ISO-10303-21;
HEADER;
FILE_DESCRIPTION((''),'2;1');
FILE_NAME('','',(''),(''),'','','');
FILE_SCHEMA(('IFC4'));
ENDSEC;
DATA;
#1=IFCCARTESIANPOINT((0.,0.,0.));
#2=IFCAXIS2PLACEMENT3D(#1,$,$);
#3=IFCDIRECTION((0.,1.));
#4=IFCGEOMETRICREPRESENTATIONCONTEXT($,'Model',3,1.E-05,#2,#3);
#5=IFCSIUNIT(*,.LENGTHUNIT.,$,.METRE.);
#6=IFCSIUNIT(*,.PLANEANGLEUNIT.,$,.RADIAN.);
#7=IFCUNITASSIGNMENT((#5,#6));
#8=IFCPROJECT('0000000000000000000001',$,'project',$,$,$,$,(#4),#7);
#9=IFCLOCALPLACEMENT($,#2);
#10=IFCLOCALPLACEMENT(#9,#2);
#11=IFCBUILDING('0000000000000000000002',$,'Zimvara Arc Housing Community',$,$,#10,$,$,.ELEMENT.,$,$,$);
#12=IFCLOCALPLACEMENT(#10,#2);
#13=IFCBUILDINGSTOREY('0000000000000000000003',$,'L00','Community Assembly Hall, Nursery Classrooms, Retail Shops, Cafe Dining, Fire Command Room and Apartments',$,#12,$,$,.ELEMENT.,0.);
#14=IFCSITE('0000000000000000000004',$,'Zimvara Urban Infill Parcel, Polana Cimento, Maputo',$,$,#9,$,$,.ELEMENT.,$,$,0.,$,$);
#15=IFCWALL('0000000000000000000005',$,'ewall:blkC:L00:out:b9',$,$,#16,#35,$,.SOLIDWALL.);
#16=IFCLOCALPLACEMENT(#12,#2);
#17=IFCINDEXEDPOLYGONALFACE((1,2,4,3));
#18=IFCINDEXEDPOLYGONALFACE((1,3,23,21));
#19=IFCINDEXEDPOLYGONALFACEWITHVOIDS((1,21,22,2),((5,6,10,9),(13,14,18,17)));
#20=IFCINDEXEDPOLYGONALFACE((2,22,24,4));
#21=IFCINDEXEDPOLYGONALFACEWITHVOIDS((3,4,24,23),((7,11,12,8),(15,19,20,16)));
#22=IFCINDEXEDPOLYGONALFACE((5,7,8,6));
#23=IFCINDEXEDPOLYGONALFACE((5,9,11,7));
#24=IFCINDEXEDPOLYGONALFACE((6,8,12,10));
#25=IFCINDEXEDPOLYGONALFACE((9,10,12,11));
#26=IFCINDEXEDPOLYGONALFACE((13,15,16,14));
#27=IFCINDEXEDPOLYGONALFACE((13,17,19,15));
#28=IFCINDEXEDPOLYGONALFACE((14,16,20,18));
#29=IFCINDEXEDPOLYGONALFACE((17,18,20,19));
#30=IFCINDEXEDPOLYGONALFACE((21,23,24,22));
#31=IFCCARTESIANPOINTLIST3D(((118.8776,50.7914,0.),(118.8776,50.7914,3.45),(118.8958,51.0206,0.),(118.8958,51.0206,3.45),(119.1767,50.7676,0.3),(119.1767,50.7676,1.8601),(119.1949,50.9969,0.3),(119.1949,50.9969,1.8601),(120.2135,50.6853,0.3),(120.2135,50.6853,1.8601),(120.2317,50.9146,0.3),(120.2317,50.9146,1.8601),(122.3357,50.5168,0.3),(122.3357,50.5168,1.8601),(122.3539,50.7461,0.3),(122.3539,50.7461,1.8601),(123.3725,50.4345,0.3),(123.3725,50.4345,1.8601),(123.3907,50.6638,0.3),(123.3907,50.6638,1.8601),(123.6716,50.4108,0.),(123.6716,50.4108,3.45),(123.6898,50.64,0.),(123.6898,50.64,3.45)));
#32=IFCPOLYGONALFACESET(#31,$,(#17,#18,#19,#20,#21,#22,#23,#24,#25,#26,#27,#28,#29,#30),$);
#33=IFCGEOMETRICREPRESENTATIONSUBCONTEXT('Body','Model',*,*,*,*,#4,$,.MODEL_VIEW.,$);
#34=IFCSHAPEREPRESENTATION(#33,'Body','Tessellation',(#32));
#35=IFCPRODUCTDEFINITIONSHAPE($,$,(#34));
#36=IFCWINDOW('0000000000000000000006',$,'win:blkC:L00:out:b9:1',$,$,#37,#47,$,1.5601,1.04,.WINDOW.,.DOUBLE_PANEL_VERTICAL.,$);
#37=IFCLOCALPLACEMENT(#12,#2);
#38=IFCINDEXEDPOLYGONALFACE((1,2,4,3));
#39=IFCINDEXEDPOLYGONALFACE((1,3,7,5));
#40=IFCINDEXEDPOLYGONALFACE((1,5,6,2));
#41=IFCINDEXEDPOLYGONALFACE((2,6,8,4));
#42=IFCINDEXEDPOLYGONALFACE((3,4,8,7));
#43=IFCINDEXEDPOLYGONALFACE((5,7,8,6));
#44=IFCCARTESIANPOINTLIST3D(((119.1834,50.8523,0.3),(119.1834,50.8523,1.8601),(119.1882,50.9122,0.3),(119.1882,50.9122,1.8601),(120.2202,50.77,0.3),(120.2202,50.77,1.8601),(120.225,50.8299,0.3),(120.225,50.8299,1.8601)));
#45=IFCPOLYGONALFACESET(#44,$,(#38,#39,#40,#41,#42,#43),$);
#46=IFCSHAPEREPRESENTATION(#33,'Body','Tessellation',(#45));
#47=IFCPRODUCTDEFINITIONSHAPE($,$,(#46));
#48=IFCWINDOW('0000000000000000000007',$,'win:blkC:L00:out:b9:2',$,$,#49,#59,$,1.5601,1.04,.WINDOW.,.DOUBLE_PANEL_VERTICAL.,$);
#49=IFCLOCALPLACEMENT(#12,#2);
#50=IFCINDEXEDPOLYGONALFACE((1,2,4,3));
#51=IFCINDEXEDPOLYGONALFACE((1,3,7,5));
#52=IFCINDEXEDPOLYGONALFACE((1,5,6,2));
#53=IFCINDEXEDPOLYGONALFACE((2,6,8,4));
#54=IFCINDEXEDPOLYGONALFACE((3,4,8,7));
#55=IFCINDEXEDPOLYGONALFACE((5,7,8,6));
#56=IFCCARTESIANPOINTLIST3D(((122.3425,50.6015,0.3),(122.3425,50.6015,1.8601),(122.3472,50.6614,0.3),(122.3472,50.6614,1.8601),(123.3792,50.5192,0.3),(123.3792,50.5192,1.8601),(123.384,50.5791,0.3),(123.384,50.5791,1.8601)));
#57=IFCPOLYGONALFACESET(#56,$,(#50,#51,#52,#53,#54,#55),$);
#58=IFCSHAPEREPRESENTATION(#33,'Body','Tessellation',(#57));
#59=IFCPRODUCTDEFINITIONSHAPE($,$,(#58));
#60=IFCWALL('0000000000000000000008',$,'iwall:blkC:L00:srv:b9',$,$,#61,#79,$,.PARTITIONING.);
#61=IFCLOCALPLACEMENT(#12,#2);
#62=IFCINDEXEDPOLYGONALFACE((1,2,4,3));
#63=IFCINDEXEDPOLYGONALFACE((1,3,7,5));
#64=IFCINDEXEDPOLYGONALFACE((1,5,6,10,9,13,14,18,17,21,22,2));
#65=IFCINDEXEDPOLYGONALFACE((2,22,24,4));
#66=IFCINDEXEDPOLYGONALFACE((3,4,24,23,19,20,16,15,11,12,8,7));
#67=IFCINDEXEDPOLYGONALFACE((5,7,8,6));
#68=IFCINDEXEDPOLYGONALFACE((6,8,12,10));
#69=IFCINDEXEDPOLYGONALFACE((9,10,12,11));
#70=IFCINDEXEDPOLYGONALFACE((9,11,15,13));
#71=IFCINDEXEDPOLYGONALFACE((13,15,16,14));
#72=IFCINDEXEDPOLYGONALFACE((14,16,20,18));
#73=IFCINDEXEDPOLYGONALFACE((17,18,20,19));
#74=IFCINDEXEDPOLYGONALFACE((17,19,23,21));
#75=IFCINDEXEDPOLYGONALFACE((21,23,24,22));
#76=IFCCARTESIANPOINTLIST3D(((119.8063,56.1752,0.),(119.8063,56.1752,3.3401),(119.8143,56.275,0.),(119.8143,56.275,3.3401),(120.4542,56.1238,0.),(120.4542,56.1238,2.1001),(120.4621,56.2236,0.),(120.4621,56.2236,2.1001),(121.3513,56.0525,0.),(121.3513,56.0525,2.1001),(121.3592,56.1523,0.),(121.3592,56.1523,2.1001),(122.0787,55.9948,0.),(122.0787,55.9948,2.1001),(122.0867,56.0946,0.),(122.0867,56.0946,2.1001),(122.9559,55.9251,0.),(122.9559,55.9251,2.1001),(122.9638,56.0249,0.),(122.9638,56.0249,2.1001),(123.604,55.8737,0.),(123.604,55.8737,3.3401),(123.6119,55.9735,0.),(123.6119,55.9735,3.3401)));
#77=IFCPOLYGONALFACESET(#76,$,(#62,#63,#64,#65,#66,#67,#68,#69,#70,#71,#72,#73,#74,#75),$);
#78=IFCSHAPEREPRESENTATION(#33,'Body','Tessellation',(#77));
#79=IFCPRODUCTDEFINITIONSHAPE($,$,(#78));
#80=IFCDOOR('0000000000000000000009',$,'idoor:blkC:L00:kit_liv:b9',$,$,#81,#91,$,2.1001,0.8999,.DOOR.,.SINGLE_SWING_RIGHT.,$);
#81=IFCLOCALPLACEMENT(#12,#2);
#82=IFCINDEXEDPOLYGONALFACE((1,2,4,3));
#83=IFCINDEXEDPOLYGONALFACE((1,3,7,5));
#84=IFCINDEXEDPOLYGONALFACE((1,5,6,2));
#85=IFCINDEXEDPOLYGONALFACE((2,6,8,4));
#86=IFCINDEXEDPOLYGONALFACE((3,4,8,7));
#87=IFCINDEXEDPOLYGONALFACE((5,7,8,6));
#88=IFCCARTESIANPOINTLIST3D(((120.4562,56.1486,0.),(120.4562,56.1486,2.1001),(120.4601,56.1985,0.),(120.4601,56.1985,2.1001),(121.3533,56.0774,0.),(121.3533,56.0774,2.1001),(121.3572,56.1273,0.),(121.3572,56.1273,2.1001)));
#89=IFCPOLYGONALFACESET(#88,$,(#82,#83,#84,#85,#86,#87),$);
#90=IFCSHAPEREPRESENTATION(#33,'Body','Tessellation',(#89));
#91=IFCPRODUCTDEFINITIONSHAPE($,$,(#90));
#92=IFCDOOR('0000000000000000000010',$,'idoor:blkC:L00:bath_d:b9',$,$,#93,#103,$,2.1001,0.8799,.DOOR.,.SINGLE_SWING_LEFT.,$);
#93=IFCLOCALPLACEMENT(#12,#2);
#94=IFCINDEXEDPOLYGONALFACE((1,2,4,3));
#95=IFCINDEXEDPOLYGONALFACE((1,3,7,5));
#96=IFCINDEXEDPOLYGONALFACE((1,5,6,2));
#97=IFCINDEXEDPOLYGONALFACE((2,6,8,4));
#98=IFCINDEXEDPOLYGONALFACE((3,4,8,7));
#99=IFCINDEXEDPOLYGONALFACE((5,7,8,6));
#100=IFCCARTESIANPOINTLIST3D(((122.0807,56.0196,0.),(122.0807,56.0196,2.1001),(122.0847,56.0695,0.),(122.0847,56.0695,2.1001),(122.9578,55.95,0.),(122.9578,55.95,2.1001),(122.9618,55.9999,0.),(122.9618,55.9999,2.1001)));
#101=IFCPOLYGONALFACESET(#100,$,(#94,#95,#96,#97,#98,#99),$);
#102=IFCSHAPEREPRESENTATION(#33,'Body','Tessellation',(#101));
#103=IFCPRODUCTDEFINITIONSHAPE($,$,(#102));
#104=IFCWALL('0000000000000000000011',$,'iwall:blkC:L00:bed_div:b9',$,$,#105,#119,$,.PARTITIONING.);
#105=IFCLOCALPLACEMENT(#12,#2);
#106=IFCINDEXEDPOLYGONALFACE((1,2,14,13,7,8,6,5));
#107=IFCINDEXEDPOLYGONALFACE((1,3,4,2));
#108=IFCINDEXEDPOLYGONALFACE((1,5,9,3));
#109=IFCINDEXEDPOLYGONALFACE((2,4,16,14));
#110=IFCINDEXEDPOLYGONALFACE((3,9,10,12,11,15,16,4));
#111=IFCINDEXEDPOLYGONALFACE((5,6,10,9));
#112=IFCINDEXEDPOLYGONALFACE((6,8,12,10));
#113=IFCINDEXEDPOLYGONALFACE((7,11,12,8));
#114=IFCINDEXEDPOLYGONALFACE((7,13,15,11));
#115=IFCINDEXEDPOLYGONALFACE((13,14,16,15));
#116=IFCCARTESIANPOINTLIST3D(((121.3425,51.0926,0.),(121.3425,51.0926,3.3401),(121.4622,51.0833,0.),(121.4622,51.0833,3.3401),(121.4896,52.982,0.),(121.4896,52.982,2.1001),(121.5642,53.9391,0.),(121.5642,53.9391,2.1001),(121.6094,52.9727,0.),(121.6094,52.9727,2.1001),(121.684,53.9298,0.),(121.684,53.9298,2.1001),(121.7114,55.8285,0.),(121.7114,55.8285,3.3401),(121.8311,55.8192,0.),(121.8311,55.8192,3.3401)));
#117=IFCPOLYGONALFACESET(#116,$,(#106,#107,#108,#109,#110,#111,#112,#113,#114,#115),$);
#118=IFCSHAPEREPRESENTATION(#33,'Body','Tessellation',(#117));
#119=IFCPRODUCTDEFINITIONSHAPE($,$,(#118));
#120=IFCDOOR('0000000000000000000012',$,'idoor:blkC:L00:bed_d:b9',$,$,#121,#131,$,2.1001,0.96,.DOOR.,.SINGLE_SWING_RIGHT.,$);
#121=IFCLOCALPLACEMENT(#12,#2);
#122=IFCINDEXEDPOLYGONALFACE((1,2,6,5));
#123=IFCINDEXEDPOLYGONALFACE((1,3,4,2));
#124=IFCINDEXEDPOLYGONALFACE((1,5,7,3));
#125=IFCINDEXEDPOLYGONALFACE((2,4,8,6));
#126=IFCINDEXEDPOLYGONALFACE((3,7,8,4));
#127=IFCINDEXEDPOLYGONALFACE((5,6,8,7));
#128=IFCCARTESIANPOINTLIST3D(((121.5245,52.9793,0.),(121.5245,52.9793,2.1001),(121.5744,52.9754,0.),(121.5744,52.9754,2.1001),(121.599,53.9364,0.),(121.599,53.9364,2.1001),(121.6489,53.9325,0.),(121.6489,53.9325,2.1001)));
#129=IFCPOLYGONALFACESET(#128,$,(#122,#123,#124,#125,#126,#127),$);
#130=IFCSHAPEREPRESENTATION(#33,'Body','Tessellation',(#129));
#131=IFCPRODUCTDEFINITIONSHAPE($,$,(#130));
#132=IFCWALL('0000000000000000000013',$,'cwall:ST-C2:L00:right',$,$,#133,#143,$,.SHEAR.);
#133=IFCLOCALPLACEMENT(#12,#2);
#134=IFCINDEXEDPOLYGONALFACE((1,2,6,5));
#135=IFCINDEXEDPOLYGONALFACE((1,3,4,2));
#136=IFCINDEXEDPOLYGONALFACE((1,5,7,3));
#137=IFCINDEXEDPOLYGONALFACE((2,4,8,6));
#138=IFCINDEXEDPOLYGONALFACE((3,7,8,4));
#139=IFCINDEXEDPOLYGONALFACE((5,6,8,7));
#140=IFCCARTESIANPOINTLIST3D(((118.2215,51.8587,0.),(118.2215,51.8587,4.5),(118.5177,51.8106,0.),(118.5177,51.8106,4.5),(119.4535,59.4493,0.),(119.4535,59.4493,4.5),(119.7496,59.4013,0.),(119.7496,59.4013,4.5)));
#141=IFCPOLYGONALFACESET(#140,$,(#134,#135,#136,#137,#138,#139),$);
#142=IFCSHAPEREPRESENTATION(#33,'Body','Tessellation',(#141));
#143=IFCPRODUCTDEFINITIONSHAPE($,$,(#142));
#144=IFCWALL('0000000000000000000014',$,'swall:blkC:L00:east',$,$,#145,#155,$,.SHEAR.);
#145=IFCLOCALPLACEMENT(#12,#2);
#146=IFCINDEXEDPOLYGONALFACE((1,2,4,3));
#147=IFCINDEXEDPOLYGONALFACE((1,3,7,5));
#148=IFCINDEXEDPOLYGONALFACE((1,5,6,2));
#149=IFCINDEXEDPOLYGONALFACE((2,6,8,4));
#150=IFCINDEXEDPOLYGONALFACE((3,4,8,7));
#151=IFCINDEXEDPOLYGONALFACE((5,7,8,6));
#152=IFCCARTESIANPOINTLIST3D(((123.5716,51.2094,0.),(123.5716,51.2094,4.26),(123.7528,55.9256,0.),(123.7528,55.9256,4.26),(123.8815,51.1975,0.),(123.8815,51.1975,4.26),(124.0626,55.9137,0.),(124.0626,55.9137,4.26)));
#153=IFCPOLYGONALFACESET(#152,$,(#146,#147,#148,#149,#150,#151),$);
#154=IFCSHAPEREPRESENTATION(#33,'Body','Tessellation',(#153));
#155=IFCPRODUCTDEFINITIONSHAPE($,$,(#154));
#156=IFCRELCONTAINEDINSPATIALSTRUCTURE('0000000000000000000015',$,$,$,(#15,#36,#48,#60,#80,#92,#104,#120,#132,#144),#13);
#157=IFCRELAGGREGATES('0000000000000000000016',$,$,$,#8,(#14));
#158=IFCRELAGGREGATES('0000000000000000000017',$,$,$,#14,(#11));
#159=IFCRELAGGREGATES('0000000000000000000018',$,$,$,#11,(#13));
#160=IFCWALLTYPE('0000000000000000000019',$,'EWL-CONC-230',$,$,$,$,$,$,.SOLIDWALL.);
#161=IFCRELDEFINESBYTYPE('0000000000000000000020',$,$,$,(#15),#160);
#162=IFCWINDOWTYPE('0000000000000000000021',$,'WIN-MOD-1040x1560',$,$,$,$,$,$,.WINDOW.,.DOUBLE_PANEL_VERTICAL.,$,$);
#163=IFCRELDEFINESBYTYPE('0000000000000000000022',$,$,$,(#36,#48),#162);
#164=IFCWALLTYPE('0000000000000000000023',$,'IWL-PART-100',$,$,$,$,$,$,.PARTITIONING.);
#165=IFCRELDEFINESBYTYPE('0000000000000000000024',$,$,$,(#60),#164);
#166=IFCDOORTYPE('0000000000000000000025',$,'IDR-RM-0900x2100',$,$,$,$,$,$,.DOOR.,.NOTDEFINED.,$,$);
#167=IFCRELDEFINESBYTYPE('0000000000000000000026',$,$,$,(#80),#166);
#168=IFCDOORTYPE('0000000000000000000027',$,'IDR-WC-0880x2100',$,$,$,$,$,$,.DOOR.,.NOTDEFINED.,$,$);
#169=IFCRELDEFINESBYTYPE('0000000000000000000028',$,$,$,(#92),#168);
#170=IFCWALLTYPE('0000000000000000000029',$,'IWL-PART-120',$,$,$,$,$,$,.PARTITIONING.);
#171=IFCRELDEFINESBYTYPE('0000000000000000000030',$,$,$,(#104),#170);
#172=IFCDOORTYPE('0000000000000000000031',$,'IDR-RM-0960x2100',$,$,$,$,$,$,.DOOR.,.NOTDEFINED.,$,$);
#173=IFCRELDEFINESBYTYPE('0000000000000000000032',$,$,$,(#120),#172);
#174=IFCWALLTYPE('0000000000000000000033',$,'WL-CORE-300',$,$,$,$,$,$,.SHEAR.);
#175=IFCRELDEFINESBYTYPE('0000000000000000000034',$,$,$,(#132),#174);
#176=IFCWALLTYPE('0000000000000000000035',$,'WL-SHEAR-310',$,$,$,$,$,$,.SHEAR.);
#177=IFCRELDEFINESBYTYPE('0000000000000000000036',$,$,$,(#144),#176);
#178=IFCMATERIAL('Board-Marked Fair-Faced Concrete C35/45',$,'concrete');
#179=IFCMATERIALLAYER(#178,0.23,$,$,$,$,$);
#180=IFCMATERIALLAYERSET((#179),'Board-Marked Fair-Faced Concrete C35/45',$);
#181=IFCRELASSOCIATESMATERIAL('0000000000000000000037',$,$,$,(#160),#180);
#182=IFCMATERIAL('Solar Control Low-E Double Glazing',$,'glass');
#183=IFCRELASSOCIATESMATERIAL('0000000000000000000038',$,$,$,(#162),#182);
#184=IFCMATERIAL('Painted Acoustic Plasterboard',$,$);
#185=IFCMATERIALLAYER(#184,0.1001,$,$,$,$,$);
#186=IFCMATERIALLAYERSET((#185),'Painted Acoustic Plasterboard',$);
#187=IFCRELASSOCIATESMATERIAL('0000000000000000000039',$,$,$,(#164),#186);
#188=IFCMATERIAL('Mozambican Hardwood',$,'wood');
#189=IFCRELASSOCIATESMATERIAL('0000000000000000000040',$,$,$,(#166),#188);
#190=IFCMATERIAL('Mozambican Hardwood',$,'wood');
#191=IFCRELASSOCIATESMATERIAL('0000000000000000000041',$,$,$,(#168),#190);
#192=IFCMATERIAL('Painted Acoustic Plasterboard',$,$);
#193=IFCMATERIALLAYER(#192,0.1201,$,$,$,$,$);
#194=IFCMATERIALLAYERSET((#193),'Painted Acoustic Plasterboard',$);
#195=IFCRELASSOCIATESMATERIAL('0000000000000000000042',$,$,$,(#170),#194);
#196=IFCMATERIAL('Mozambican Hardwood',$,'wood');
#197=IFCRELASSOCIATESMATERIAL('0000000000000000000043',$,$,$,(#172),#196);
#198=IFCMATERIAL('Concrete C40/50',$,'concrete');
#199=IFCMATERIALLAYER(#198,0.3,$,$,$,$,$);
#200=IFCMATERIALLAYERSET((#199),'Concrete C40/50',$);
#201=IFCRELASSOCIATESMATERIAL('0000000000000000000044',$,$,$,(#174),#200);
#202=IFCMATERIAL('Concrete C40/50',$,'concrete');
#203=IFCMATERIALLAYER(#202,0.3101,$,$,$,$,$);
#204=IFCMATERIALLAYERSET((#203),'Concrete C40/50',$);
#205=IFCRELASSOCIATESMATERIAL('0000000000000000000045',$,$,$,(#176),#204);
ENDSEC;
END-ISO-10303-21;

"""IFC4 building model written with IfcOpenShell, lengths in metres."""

from ifc_helpers import new_model, si_unit, direction, frame, frame_2d, origin, place, context, subcontext, project, spatial, rectangle, extrude, material, layer, layer_set, type_object, element, fill, save


model = new_model("IFC4")

# Units and contexts
model_context = context("Model", 3, precision=1e-05, world=origin(), true_north=direction((0.0, 1.0)))
body_context = subcontext(model_context, "Body", "Model", "MODEL_VIEW")
ifc_project = project(units=[si_unit("LENGTHUNIT", "METRE"), si_unit("PLANEANGLEUNIT", "RADIAN")], contexts=[model_context])

# Site, building, storey
site_placement = place(None, origin())
site = spatial("IfcSite", under=ifc_project, at=site_placement, Name="Zimvara Urban Infill Parcel, Polana Cimento, Maputo", CompositionType="ELEMENT", RefElevation=0.0)
building_placement = place(site_placement, origin())
building = spatial("IfcBuilding", under=site, at=building_placement, Name="Zimvara Arc Housing Community", CompositionType="ELEMENT")
storey_placement = place(building_placement, origin())
storey = spatial("IfcBuildingStorey", under=building, at=storey_placement, Name="L00", Description="Community Assembly Hall, Nursery Classrooms, Retail Shops, Cafe Dining, Fire Command Room and Apartments", CompositionType="ELEMENT", Elevation=0.0)

# Wall, openings, windows
ifc_material_1 = material(Name="Board-Marked Fair-Faced Concrete C35/45", Category="concrete")
ifc_layer_1 = layer(ifc_material_1, 0.23)
ifc_layer_set_1 = layer_set([ifc_layer_1], Name="Board-Marked Fair-Faced Concrete C35/45")
wall_type_1 = type_object("IfcWallType", Name="EWL-CONC-230", PredefinedType="SOLIDWALL", material=ifc_layer_set_1)
wall_1_placement = place(storey_placement, frame((118.8867, 50.906, 0.0), z_axis=(0.0, 0.0, 1.0), x_axis=(0.996863, -0.079146, 0.0)))
wall_1 = element("IfcWall", 1, at=wall_1_placement, inside=storey, type_object=wall_type_1, Name="ewall:blkC:L00:out:b9", PredefinedType="SOLIDWALL", context=body_context, shape_type="SweptSolid", body=[
    extrude(rectangle(XDim=4.8091, YDim=0.23, at=frame_2d((2.4045, 0.0))), origin(), (0.0, 0.0, 1.0), 3.45),
])
opening_1_placement = place(wall_1_placement, frame((0.3, 0.0, 0.3)))
opening_1 = element("IfcOpeningElement", 2, at=opening_1_placement, cuts=wall_1, PredefinedType="OPENING", context=body_context, shape_type="SweptSolid", body=[
    extrude(rectangle(XDim=1.04, YDim=1.5601, at=frame_2d((0.52, 0.78))), frame((0.0, 0.125, 0.0), z_axis=(0.0, -1.0, 0.0), x_axis=(1.0, 0.0, 0.0)), (0.0, 0.0, 1.0), 0.25),
])
opening_2_placement = place(wall_1_placement, frame((3.469, 0.0, 0.3)))
opening_2 = element("IfcOpeningElement", 3, at=opening_2_placement, cuts=wall_1, PredefinedType="OPENING", context=body_context, shape_type="SweptSolid", body=[
    extrude(rectangle(XDim=1.04, YDim=1.5601, at=frame_2d((0.52, 0.78))), frame((0.0, 0.125, 0.0), z_axis=(0.0, -1.0, 0.0), x_axis=(1.0, 0.0, 0.0)), (0.0, 0.0, 1.0), 0.25),
])
ifc_material_2 = material(Name="Solar Control Low-E Double Glazing", Category="glass")
window_type = type_object("IfcWindowType", Name="WIN-MOD-1040x1560", PartitioningType="DOUBLE_PANEL_VERTICAL", PredefinedType="WINDOW", material=ifc_material_2)
window_1_placement = place(opening_1_placement, origin())
window_1 = element("IfcWindow", 4, at=window_1_placement, inside=storey, type_object=window_type, Name="win:blkC:L00:out:b9:1", OverallHeight=1.5601, OverallWidth=1.04, PartitioningType="DOUBLE_PANEL_VERTICAL", PredefinedType="WINDOW", context=body_context, shape_type="SweptSolid", body=[
    extrude(rectangle(XDim=1.04, YDim=1.5601, at=frame_2d((0.52, 0.78))), frame((0.0, 0.03, 0.0), z_axis=(0.0, -1.0, 0.0), x_axis=(1.0, 0.0, 0.0)), (0.0, 0.0, 1.0), 0.0601),
])
fill(opening_1, window_1)
window_2_placement = place(opening_2_placement, origin())
window_2 = element("IfcWindow", 5, at=window_2_placement, inside=storey, type_object=window_type, Name="win:blkC:L00:out:b9:2", OverallHeight=1.5601, OverallWidth=1.04, PartitioningType="DOUBLE_PANEL_VERTICAL", PredefinedType="WINDOW", context=body_context, shape_type="SweptSolid", body=[
    extrude(rectangle(XDim=1.04, YDim=1.5601, at=frame_2d((0.52, 0.78))), frame((0.0, 0.03, 0.0), z_axis=(0.0, -1.0, 0.0), x_axis=(1.0, 0.0, 0.0)), (0.0, 0.0, 1.0), 0.0601),
])
fill(opening_2, window_2)

# Wall, openings, doors
ifc_material_3 = material(Name="Painted Acoustic Plasterboard")
ifc_layer_2 = layer(ifc_material_3, 0.1001)
ifc_layer_set_2 = layer_set([ifc_layer_2], Name="Painted Acoustic Plasterboard")
wall_type_2 = type_object("IfcWallType", Name="IWL-PART-100", PredefinedType="PARTITIONING", material=ifc_layer_set_2)
wall_2_placement = place(storey_placement, frame((119.8103, 56.2251, 0.0), z_axis=(0.0, 0.0, 1.0), x_axis=(0.996863, -0.079147, 0.0)))
wall_2 = element("IfcWall", 6, at=wall_2_placement, inside=storey, type_object=wall_type_2, Name="iwall:blkC:L00:srv:b9", PredefinedType="PARTITIONING", context=body_context, shape_type="SweptSolid", body=[
    extrude(rectangle(XDim=3.8096, YDim=0.1001, at=frame_2d((1.9048, 0.0))), origin(), (0.0, 0.0, 1.0), 3.3401),
])
opening_3_placement = place(wall_2_placement, frame((0.6499, 0.0, 0.0)))
opening_3 = element("IfcOpeningElement", 7, at=opening_3_placement, cuts=wall_2, PredefinedType="OPENING", context=body_context, shape_type="SweptSolid", body=[
    extrude(rectangle(XDim=0.8999, YDim=2.1001, at=frame_2d((0.45, 1.05))), frame((0.0, 0.0601, 0.0), z_axis=(0.0, -1.0, 0.0), x_axis=(1.0, 0.0, 0.0)), (0.0, 0.0, 1.0), 0.1201),
])
opening_4_placement = place(wall_2_placement, frame((2.2795, 0.0, 0.0)))
opening_4 = element("IfcOpeningElement", 8, at=opening_4_placement, cuts=wall_2, PredefinedType="OPENING", context=body_context, shape_type="SweptSolid", body=[
    extrude(rectangle(XDim=0.8799, YDim=2.1001, at=frame_2d((0.4399, 1.05))), frame((0.0, 0.0601, 0.0), z_axis=(0.0, -1.0, 0.0), x_axis=(1.0, 0.0, 0.0)), (0.0, 0.0, 1.0), 0.1201),
])
ifc_material_4 = material(Name="Mozambican Hardwood", Category="wood")
door_type_1 = type_object("IfcDoorType", Name="IDR-RM-0900x2100", OperationType="NOTDEFINED", PredefinedType="DOOR", material=ifc_material_4)
door_1_placement = place(opening_3_placement, origin())
door_1 = element("IfcDoor", 9, at=door_1_placement, inside=storey, type_object=door_type_1, Name="idoor:blkC:L00:kit_liv:b9", OperationType="SINGLE_SWING_RIGHT", OverallHeight=2.1001, OverallWidth=0.8999, PredefinedType="DOOR", context=body_context, shape_type="SweptSolid", body=[
    extrude(rectangle(XDim=0.8999, YDim=2.1001, at=frame_2d((0.45, 1.05))), frame((0.0, 0.0249, 0.0), z_axis=(0.0, -1.0, 0.0), x_axis=(1.0, 0.0, 0.0)), (0.0, 0.0, 1.0), 0.05),
])
fill(opening_3, door_1)
ifc_material_5 = material(Name="Mozambican Hardwood", Category="wood")
door_type_2 = type_object("IfcDoorType", Name="IDR-WC-0880x2100", OperationType="NOTDEFINED", PredefinedType="DOOR", material=ifc_material_5)
door_2_placement = place(opening_4_placement, origin())
door_2 = element("IfcDoor", 10, at=door_2_placement, inside=storey, type_object=door_type_2, Name="idoor:blkC:L00:bath_d:b9", OperationType="SINGLE_SWING_LEFT", OverallHeight=2.1001, OverallWidth=0.8799, PredefinedType="DOOR", context=body_context, shape_type="SweptSolid", body=[
    extrude(rectangle(XDim=0.8799, YDim=2.1001, at=frame_2d((0.4399, 1.05))), frame((0.0, 0.0249, 0.0), z_axis=(0.0, -1.0, 0.0), x_axis=(1.0, 0.0, 0.0)), (0.0, 0.0, 1.0), 0.05),
])
fill(opening_4, door_2)

# Wall, opening, door
ifc_material_6 = material(Name="Painted Acoustic Plasterboard")
ifc_layer_3 = layer(ifc_material_6, 0.1201)
ifc_layer_set_3 = layer_set([ifc_layer_3], Name="Painted Acoustic Plasterboard")
wall_type_3 = type_object("IfcWallType", Name="IWL-PART-120", PredefinedType="PARTITIONING", material=ifc_layer_set_3)
wall_3_placement = place(storey_placement, frame((121.7712, 55.8237, 0.0), z_axis=(0.0, 0.0, 1.0), x_axis=(-0.077659, -0.99698, 0.0)))
wall_3 = element("IfcWall", 11, at=wall_3_placement, inside=storey, type_object=wall_type_3, Name="iwall:blkC:L00:bed_div:b9", PredefinedType="PARTITIONING", context=body_context, shape_type="SweptSolid", body=[
    extrude(rectangle(XDim=4.7502, YDim=0.1201, at=frame_2d((2.375, 0.0))), origin(), (0.0, 0.0, 1.0), 3.3401),
])
opening_5_placement = place(wall_3_placement, frame((1.895, 0.0, 0.0)))
opening_5 = element("IfcOpeningElement", 12, at=opening_5_placement, cuts=wall_3, PredefinedType="OPENING", context=body_context, shape_type="SweptSolid", body=[
    extrude(rectangle(XDim=0.96, YDim=2.1001, at=frame_2d((0.48, 1.05))), frame((0.0, 0.0701, 0.0), z_axis=(0.0, -1.0, 0.0), x_axis=(1.0, 0.0, 0.0)), (0.0, 0.0, 1.0), 0.1401),
])
ifc_material_7 = material(Name="Mozambican Hardwood", Category="wood")
door_type_3 = type_object("IfcDoorType", Name="IDR-RM-0960x2100", OperationType="NOTDEFINED", PredefinedType="DOOR", material=ifc_material_7)
door_3_placement = place(opening_5_placement, origin())
door_3 = element("IfcDoor", 13, at=door_3_placement, inside=storey, type_object=door_type_3, Name="idoor:blkC:L00:bed_d:b9", OperationType="SINGLE_SWING_RIGHT", OverallHeight=2.1001, OverallWidth=0.96, PredefinedType="DOOR", context=body_context, shape_type="SweptSolid", body=[
    extrude(rectangle(XDim=0.96, YDim=2.1001, at=frame_2d((0.48, 1.05))), frame((0.0, 0.0249, 0.0), z_axis=(0.0, -1.0, 0.0), x_axis=(1.0, 0.0, 0.0)), (0.0, 0.0, 1.0), 0.05),
])
fill(opening_5, door_3)

# Walls
ifc_material_8 = material(Name="Concrete C40/50", Category="concrete")
ifc_layer_4 = layer(ifc_material_8, 0.3)
ifc_layer_set_4 = layer_set([ifc_layer_4], Name="Concrete C40/50")
wall_type_4 = type_object("IfcWallType", Name="WL-CORE-300", PredefinedType="SHEAR", material=ifc_layer_set_4)
wall_4_placement = place(storey_placement, frame((119.6016, 59.4253, 0.0), z_axis=(0.0, 0.0, 1.0), x_axis=(-0.160202, -0.987084, 0.0)))
element("IfcWall", 14, at=wall_4_placement, inside=storey, type_object=wall_type_4, Name="cwall:ST-C2:L00:right", PredefinedType="SHEAR", context=body_context, shape_type="SweptSolid", body=[
    extrude(rectangle(XDim=7.6899, YDim=0.3, at=frame_2d((3.845, 0.0))), origin(), (0.0, 0.0, 1.0), 4.5),
])
ifc_material_9 = material(Name="Concrete C40/50", Category="concrete")
ifc_layer_5 = layer(ifc_material_9, 0.3101)
ifc_layer_set_5 = layer_set([ifc_layer_5], Name="Concrete C40/50")
wall_type_5 = type_object("IfcWallType", Name="WL-SHEAR-310", PredefinedType="SHEAR", material=ifc_layer_set_5)
wall_5_placement = place(storey_placement, frame((123.9077, 55.9197, 0.0), z_axis=(0.0, 0.0, 1.0), x_axis=(-0.038381, -0.999263, 0.0)))
element("IfcWall", 15, at=wall_5_placement, inside=storey, type_object=wall_type_5, Name="swall:blkC:L00:east", PredefinedType="SHEAR", context=body_context, shape_type="SweptSolid", body=[
    extrude(rectangle(XDim=4.7197, YDim=0.3101, at=frame_2d((2.3599, 0.0))), origin(), (0.0, 0.0, 1.0), 4.26),
])

save(model, "model.ifc")
